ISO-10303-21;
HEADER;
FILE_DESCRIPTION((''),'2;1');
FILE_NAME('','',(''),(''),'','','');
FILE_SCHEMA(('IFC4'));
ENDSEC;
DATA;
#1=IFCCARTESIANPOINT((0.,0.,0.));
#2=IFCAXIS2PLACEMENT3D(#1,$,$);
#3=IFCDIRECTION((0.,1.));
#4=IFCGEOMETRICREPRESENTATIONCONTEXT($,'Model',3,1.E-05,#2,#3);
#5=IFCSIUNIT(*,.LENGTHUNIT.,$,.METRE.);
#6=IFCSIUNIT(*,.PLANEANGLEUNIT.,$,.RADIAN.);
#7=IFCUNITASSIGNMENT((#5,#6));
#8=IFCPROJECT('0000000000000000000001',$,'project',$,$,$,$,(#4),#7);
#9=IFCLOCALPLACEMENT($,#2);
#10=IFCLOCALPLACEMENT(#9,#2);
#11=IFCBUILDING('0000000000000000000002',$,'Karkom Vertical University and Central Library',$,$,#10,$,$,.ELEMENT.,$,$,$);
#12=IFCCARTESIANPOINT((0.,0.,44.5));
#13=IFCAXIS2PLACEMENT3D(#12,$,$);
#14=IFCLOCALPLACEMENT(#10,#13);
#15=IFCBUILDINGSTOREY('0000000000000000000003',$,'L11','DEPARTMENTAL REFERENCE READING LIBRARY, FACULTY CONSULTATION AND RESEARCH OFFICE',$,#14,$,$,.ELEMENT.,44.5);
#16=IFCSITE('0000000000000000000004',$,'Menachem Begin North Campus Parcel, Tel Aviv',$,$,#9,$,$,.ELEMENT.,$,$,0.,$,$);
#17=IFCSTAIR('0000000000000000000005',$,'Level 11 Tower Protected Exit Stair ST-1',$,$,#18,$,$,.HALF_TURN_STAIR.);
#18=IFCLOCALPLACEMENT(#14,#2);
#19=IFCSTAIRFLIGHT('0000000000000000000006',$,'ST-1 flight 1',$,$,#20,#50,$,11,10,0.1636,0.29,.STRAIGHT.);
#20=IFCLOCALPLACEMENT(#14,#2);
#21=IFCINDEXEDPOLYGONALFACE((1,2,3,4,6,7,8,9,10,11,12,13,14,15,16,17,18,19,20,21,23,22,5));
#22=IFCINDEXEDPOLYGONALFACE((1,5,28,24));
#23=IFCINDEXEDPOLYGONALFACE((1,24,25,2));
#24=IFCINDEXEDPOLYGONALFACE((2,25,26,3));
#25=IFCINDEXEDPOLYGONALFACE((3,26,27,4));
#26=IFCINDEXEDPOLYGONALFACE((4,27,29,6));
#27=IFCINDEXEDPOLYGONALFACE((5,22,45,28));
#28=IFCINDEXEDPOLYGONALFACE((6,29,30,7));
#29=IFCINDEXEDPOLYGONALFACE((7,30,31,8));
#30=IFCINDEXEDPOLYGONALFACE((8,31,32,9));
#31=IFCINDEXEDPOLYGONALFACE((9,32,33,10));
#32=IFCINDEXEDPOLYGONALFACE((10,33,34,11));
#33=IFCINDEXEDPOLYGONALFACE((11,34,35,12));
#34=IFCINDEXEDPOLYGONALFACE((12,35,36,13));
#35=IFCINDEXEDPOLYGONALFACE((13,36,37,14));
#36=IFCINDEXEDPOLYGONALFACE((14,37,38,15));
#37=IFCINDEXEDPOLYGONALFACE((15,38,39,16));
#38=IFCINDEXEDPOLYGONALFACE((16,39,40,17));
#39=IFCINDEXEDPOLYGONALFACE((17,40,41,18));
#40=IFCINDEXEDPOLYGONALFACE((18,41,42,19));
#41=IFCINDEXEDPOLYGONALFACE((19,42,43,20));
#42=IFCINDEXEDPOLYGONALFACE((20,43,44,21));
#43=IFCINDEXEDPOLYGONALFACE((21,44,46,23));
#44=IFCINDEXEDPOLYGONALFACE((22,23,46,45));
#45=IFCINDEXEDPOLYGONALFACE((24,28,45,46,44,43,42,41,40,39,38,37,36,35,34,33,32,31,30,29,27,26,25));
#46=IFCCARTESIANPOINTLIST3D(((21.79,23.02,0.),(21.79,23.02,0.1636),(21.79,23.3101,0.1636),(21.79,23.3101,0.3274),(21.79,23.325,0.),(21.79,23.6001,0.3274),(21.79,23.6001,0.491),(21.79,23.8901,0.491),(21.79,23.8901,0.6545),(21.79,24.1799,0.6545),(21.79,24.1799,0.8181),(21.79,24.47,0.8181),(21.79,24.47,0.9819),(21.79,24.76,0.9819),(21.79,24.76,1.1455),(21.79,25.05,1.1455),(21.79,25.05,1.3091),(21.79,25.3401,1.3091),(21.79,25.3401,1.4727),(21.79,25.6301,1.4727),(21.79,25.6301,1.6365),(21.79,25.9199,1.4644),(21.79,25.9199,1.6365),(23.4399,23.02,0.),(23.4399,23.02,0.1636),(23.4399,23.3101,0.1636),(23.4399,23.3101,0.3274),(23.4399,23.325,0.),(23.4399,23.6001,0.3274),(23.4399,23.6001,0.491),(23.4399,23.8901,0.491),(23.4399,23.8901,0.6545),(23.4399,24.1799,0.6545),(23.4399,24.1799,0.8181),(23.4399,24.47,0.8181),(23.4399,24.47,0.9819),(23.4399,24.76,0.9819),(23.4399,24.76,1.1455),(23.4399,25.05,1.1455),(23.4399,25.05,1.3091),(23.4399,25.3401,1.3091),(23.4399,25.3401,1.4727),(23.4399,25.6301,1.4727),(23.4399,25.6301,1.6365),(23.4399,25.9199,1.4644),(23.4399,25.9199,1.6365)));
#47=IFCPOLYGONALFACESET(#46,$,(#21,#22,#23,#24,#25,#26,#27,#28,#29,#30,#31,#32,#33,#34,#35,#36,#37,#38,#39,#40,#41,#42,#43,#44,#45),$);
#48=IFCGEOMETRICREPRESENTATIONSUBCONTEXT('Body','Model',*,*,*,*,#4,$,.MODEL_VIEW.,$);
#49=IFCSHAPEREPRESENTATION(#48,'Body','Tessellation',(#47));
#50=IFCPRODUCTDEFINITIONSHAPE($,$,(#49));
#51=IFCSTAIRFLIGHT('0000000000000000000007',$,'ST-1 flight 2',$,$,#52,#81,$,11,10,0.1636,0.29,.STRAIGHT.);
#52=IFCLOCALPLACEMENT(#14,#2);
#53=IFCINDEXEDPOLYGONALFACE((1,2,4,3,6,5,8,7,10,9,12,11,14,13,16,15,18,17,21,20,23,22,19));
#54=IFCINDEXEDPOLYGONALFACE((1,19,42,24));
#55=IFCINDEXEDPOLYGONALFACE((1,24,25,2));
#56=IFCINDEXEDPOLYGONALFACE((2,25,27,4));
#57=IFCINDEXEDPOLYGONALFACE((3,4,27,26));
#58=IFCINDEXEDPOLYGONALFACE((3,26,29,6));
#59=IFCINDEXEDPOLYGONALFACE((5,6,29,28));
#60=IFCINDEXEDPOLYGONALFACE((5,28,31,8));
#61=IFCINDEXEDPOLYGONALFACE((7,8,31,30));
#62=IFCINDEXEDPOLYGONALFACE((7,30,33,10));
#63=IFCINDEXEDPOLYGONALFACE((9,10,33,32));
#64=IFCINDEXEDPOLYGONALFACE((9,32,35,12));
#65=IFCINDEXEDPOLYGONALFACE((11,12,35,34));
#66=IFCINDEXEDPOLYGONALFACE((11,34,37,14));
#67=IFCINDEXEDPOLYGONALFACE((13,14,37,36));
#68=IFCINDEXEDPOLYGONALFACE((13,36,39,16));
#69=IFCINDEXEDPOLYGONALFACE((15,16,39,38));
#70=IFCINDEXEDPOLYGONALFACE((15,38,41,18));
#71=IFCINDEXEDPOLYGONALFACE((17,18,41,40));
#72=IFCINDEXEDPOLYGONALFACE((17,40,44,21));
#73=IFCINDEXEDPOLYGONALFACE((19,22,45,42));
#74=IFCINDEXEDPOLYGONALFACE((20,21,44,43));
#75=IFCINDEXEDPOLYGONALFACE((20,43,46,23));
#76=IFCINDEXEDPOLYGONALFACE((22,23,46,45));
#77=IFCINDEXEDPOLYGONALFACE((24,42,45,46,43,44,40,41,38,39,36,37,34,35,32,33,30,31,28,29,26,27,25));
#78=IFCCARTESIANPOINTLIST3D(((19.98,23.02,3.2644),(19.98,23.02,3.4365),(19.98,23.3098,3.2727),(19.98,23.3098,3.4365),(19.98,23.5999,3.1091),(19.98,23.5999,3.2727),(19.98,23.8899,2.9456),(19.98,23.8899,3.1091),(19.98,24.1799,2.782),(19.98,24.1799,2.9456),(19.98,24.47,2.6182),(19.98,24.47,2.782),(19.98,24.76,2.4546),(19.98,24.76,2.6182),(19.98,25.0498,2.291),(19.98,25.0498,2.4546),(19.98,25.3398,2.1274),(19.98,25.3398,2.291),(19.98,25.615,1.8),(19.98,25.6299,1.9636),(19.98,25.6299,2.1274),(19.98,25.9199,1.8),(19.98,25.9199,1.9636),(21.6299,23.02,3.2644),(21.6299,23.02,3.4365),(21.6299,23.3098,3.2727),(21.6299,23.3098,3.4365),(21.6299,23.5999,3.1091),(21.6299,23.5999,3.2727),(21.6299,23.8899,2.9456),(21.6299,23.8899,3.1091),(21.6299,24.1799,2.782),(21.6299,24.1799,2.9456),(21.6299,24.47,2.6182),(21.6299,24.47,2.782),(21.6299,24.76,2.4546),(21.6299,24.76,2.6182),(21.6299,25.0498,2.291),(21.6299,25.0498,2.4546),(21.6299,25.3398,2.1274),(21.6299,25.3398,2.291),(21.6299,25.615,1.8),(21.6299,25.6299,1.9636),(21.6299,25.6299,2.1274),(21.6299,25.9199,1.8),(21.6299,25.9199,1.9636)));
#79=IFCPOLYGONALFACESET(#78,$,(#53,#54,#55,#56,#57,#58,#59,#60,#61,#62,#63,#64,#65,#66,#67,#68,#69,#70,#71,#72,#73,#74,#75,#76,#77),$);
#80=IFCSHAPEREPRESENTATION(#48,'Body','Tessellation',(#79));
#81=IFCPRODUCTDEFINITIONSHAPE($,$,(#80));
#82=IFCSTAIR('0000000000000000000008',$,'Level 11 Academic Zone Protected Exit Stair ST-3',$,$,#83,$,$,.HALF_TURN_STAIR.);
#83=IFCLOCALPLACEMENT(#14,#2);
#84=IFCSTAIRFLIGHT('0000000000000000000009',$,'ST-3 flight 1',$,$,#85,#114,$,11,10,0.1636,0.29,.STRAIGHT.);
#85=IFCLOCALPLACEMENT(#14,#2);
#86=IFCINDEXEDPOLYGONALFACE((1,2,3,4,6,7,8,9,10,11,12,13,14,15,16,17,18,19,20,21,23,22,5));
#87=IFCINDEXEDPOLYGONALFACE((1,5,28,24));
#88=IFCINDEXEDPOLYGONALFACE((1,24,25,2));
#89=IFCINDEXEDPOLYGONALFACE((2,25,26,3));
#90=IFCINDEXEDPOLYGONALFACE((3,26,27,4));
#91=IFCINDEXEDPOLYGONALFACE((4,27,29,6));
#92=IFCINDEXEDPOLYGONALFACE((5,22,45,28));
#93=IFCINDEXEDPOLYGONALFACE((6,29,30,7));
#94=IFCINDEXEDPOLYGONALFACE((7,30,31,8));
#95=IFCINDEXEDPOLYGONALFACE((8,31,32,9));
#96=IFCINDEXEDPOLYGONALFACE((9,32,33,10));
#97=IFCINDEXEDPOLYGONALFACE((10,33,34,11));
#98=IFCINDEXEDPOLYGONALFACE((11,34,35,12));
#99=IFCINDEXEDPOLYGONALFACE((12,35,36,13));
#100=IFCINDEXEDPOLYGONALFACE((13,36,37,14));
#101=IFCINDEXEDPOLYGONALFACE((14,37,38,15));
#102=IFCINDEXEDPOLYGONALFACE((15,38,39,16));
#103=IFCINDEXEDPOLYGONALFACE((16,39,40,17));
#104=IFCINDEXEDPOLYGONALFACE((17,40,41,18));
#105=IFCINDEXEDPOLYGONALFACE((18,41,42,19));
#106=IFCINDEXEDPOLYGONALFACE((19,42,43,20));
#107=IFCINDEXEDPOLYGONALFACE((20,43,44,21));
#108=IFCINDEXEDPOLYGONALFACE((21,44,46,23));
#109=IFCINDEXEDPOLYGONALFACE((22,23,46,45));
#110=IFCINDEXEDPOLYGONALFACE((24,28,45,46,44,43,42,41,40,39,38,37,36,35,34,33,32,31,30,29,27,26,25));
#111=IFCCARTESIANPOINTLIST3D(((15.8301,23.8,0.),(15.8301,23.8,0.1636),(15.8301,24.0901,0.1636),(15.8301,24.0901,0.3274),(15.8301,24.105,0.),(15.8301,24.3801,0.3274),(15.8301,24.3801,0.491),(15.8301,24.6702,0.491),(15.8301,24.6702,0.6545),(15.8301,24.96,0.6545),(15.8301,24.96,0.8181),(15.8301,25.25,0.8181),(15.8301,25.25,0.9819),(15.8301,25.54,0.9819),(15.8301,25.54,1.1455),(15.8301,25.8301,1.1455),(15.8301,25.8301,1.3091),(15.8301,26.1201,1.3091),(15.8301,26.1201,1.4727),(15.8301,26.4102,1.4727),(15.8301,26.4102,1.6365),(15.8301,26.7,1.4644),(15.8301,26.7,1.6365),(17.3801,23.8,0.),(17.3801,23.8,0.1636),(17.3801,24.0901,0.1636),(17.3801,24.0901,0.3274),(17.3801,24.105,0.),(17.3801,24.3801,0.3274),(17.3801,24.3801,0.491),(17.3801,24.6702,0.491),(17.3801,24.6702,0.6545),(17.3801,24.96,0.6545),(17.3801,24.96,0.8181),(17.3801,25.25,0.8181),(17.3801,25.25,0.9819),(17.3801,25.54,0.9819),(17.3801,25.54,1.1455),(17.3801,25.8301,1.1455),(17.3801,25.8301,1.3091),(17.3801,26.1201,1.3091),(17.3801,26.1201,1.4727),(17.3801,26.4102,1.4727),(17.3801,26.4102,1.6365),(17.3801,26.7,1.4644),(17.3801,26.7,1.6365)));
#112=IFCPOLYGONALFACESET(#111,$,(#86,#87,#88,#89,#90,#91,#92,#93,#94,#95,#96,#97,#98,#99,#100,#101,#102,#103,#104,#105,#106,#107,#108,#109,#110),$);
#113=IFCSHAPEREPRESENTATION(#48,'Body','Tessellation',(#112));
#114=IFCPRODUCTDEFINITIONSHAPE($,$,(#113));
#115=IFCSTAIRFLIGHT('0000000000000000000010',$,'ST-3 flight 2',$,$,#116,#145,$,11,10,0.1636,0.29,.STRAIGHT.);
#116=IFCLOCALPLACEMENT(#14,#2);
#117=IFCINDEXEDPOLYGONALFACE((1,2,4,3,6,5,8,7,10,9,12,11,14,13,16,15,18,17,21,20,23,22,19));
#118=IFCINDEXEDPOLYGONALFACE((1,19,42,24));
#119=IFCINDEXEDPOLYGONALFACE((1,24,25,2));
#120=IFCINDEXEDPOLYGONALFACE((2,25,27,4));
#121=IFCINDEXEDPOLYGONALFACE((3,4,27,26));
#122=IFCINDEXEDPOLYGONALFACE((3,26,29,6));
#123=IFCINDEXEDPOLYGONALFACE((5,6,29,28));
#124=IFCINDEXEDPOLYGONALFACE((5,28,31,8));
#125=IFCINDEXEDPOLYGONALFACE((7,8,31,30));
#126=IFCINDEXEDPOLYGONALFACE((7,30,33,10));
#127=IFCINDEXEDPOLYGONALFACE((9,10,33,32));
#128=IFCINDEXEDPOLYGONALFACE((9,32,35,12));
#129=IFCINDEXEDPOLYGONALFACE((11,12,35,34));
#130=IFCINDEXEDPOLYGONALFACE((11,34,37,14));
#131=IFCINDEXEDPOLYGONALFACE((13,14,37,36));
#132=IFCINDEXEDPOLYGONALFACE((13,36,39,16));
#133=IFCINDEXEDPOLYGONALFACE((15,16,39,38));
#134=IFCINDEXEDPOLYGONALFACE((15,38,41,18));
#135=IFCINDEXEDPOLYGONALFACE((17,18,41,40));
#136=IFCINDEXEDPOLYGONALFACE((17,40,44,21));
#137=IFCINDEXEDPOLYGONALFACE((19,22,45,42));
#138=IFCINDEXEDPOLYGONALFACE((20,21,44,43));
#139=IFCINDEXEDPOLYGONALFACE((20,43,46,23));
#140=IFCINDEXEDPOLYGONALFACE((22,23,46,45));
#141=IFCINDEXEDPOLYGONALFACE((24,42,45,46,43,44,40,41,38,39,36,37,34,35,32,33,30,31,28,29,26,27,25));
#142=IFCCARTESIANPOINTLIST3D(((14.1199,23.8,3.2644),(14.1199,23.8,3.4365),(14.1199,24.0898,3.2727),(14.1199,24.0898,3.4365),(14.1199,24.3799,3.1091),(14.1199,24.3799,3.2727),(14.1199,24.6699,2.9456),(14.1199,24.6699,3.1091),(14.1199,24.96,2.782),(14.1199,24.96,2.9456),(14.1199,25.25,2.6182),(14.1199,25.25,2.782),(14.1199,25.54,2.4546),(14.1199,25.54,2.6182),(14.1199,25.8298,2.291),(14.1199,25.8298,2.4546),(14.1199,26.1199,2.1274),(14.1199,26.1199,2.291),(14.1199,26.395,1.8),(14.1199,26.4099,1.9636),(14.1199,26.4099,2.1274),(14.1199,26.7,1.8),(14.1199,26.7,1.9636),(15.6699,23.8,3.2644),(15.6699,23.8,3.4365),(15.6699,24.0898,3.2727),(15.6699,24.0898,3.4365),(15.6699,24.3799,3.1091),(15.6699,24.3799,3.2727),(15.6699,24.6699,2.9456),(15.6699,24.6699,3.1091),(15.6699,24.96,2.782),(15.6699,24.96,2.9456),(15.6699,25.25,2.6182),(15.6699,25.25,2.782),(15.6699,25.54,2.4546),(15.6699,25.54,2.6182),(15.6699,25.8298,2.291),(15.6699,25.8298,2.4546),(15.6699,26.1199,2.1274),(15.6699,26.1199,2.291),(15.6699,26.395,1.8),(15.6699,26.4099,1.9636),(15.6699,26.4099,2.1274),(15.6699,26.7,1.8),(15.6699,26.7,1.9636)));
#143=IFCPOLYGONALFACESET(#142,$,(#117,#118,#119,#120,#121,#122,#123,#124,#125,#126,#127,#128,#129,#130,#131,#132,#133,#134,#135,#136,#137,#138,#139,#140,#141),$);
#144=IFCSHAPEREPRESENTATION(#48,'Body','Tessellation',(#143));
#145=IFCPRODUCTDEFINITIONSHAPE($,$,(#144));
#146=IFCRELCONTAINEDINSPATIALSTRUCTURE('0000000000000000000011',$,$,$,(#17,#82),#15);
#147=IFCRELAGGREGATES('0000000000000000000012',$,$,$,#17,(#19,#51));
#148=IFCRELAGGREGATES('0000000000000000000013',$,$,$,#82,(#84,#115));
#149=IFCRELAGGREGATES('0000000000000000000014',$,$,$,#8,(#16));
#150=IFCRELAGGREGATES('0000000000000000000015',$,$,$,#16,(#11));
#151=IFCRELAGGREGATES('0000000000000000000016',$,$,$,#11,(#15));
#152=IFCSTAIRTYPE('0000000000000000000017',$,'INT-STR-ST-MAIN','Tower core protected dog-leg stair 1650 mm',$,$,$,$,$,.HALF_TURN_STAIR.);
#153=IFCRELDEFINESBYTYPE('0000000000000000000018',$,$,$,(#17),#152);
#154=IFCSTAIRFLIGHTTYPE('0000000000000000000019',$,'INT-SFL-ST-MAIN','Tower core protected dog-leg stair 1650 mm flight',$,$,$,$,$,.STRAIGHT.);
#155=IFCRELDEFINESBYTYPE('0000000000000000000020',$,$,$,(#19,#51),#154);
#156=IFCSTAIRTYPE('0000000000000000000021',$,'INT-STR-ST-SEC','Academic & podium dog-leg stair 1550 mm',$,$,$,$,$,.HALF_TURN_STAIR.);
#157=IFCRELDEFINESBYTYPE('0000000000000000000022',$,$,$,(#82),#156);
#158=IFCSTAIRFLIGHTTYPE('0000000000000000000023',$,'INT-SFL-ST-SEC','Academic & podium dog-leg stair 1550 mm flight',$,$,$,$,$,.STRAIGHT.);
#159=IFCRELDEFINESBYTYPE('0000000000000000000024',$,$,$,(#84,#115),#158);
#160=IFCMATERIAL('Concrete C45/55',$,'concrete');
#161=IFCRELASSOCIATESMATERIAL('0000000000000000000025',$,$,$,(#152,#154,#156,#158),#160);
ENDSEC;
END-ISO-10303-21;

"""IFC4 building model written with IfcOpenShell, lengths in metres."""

from ifc_helpers import new_model, si_unit, direction, frame, origin, place, context, subcontext, project, spatial, polyline, outline, extrude, material, type_object, element, aggregate, save


model = new_model("IFC4")

# Units and contexts
model_context = context("Model", 3, precision=1e-05, world=origin(), true_north=direction((0.0, 1.0)))
body_context = subcontext(model_context, "Body", "Model", "MODEL_VIEW")
ifc_project = project(units=[si_unit("LENGTHUNIT", "METRE"), si_unit("PLANEANGLEUNIT", "RADIAN")], contexts=[model_context])

# Site, building, storey
site_placement = place(None, origin())
site = spatial("IfcSite", under=ifc_project, at=site_placement, Name="Menachem Begin North Campus Parcel, Tel Aviv", CompositionType="ELEMENT", RefElevation=0.0)
building_placement = place(site_placement, origin())
building = spatial("IfcBuilding", under=site, at=building_placement, Name="Karkom Vertical University and Central Library", CompositionType="ELEMENT")
storey_placement = place(building_placement, frame((0.0, 0.0, 44.5)))
storey = spatial("IfcBuildingStorey", under=building, at=storey_placement, Name="L11", Description="DEPARTMENTAL REFERENCE READING LIBRARY, FACULTY CONSULTATION AND RESEARCH OFFICE", CompositionType="ELEMENT", Elevation=44.5)

# Shared definitions
ifc_material_1 = material(Name="Concrete C45/55", Category="concrete")

# Stairs, stair flights
stair_type_1 = type_object("IfcStairType", Name="INT-STR-ST-MAIN", Description="Tower core protected dog-leg stair 1650 mm", PredefinedType="HALF_TURN_STAIR", material=ifc_material_1)
stair_1_placement = place(storey_placement, origin())
stair_1 = element("IfcStair", 1, at=stair_1_placement, inside=storey, type_object=stair_type_1, Name="Level 11 Tower Protected Exit Stair ST-1", PredefinedType="HALF_TURN_STAIR")
stair_flight_type_1 = type_object("IfcStairFlightType", Name="INT-SFL-ST-MAIN", Description="Tower core protected dog-leg stair 1650 mm flight", PredefinedType="STRAIGHT", material=ifc_material_1)
stair_flight_1_placement = place(storey_placement, frame((22.615, 23.02, 0.0), z_axis=(0.0, 0.0, 1.0), x_axis=(0.0, 1.0, 0.0)))
stair_flight_1 = element("IfcStairFlight", 2, at=stair_flight_1_placement, type_object=stair_flight_type_1, Name="ST-1 flight 1", NumberOfRisers=11, NumberOfTreads=10, PredefinedType="STRAIGHT", RiserHeight=0.1636, TreadLength=0.29, context=body_context, shape_type="SweptSolid", body=[
    extrude(outline(polyline([(0.0, 0.0), (0.0, 0.1636), (0.29, 0.1636), (0.29, 0.3274), (0.5801, 0.3274), (0.5801, 0.491), (0.8701, 0.491), (0.8701, 0.6545), (1.1599, 0.6545), (1.1599, 0.8181), (1.45, 0.8181), (1.45, 0.9819), (1.74, 0.9819), (1.74, 1.1455), (2.03, 1.1455), (2.03, 1.3091), (2.3201, 1.3091), (2.3201, 1.4727), (2.6101, 1.4727), (2.6101, 1.6365), (2.8999, 1.6365), (2.8999, 1.8), (2.8999, 1.4644), (0.3049, 0.0), (0.0, 0.0)])), frame((0.0, 0.825, 0.0), z_axis=(0.0, -1.0, 0.0), x_axis=(1.0, 0.0, 0.0)), (0.0, 0.0, 1.0), 1.6499),
])
stair_flight_2_placement = place(storey_placement, frame((20.8049, 25.9199, 1.8), z_axis=(0.0, 0.0, 1.0), x_axis=(0.0, -1.0, 0.0)))
stair_flight_2 = element("IfcStairFlight", 3, at=stair_flight_2_placement, type_object=stair_flight_type_1, Name="ST-1 flight 2", NumberOfRisers=11, NumberOfTreads=10, PredefinedType="STRAIGHT", RiserHeight=0.1636, TreadLength=0.29, context=body_context, shape_type="SweptSolid", body=[
    extrude(outline(polyline([(0.0, 0.0), (0.0, 0.1636), (0.29, 0.1636), (0.29, 0.3274), (0.5801, 0.3274), (0.5801, 0.491), (0.8701, 0.491), (0.8701, 0.6545), (1.1599, 0.6545), (1.1599, 0.8181), (1.45, 0.8181), (1.45, 0.9819), (1.74, 0.9819), (1.74, 1.1455), (2.03, 1.1455), (2.03, 1.3091), (2.3201, 1.3091), (2.3201, 1.4727), (2.6101, 1.4727), (2.6101, 1.6365), (2.8999, 1.6365), (2.8999, 1.8), (2.8999, 1.4644), (0.3049, 0.0), (0.0, 0.0)])), frame((0.0, 0.825, 0.0), z_axis=(0.0, -1.0, 0.0), x_axis=(1.0, 0.0, 0.0)), (0.0, 0.0, 1.0), 1.6499),
])
aggregate(stair_1, [stair_flight_1, stair_flight_2])
stair_type_2 = type_object("IfcStairType", Name="INT-STR-ST-SEC", Description="Academic & podium dog-leg stair 1550 mm", PredefinedType="HALF_TURN_STAIR", material=ifc_material_1)
stair_2_placement = place(storey_placement, origin())
stair_2 = element("IfcStair", 4, at=stair_2_placement, inside=storey, type_object=stair_type_2, Name="Level 11 Academic Zone Protected Exit Stair ST-3", PredefinedType="HALF_TURN_STAIR")
stair_flight_type_2 = type_object("IfcStairFlightType", Name="INT-SFL-ST-SEC", Description="Academic & podium dog-leg stair 1550 mm flight", PredefinedType="STRAIGHT", material=ifc_material_1)
stair_flight_3_placement = place(storey_placement, frame((16.605, 23.8, 0.0), z_axis=(0.0, 0.0, 1.0), x_axis=(0.0, 1.0, 0.0)))
stair_flight_3 = element("IfcStairFlight", 5, at=stair_flight_3_placement, type_object=stair_flight_type_2, Name="ST-3 flight 1", NumberOfRisers=11, NumberOfTreads=10, PredefinedType="STRAIGHT", RiserHeight=0.1636, TreadLength=0.29, context=body_context, shape_type="SweptSolid", body=[
    extrude(outline(polyline([(0.0, 0.0), (0.0, 0.1636), (0.29, 0.1636), (0.29, 0.3274), (0.5801, 0.3274), (0.5801, 0.491), (0.8701, 0.491), (0.8701, 0.6545), (1.1599, 0.6545), (1.1599, 0.8181), (1.45, 0.8181), (1.45, 0.9819), (1.74, 0.9819), (1.74, 1.1455), (2.03, 1.1455), (2.03, 1.3091), (2.3201, 1.3091), (2.3201, 1.4727), (2.6101, 1.4727), (2.6101, 1.6365), (2.8999, 1.6365), (2.8999, 1.8), (2.8999, 1.4644), (0.3049, 0.0), (0.0, 0.0)])), frame((0.0, 0.7749, 0.0), z_axis=(0.0, -1.0, 0.0), x_axis=(1.0, 0.0, 0.0)), (0.0, 0.0, 1.0), 1.55),
])
stair_flight_4_placement = place(storey_placement, frame((14.895, 26.7, 1.8), z_axis=(0.0, 0.0, 1.0), x_axis=(0.0, -1.0, 0.0)))
stair_flight_4 = element("IfcStairFlight", 6, at=stair_flight_4_placement, type_object=stair_flight_type_2, Name="ST-3 flight 2", NumberOfRisers=11, NumberOfTreads=10, PredefinedType="STRAIGHT", RiserHeight=0.1636, TreadLength=0.29, context=body_context, shape_type="SweptSolid", body=[
    extrude(outline(polyline([(0.0, 0.0), (0.0, 0.1636), (0.29, 0.1636), (0.29, 0.3274), (0.5801, 0.3274), (0.5801, 0.491), (0.8701, 0.491), (0.8701, 0.6545), (1.1599, 0.6545), (1.1599, 0.8181), (1.45, 0.8181), (1.45, 0.9819), (1.74, 0.9819), (1.74, 1.1455), (2.03, 1.1455), (2.03, 1.3091), (2.3201, 1.3091), (2.3201, 1.4727), (2.6101, 1.4727), (2.6101, 1.6365), (2.8999, 1.6365), (2.8999, 1.8), (2.8999, 1.4644), (0.3049, 0.0), (0.0, 0.0)])), frame((0.0, 0.7749, 0.0), z_axis=(0.0, -1.0, 0.0), x_axis=(1.0, 0.0, 0.0)), (0.0, 0.0, 1.0), 1.55),
])
aggregate(stair_2, [stair_flight_3, stair_flight_4])

save(model, "model.ifc")
